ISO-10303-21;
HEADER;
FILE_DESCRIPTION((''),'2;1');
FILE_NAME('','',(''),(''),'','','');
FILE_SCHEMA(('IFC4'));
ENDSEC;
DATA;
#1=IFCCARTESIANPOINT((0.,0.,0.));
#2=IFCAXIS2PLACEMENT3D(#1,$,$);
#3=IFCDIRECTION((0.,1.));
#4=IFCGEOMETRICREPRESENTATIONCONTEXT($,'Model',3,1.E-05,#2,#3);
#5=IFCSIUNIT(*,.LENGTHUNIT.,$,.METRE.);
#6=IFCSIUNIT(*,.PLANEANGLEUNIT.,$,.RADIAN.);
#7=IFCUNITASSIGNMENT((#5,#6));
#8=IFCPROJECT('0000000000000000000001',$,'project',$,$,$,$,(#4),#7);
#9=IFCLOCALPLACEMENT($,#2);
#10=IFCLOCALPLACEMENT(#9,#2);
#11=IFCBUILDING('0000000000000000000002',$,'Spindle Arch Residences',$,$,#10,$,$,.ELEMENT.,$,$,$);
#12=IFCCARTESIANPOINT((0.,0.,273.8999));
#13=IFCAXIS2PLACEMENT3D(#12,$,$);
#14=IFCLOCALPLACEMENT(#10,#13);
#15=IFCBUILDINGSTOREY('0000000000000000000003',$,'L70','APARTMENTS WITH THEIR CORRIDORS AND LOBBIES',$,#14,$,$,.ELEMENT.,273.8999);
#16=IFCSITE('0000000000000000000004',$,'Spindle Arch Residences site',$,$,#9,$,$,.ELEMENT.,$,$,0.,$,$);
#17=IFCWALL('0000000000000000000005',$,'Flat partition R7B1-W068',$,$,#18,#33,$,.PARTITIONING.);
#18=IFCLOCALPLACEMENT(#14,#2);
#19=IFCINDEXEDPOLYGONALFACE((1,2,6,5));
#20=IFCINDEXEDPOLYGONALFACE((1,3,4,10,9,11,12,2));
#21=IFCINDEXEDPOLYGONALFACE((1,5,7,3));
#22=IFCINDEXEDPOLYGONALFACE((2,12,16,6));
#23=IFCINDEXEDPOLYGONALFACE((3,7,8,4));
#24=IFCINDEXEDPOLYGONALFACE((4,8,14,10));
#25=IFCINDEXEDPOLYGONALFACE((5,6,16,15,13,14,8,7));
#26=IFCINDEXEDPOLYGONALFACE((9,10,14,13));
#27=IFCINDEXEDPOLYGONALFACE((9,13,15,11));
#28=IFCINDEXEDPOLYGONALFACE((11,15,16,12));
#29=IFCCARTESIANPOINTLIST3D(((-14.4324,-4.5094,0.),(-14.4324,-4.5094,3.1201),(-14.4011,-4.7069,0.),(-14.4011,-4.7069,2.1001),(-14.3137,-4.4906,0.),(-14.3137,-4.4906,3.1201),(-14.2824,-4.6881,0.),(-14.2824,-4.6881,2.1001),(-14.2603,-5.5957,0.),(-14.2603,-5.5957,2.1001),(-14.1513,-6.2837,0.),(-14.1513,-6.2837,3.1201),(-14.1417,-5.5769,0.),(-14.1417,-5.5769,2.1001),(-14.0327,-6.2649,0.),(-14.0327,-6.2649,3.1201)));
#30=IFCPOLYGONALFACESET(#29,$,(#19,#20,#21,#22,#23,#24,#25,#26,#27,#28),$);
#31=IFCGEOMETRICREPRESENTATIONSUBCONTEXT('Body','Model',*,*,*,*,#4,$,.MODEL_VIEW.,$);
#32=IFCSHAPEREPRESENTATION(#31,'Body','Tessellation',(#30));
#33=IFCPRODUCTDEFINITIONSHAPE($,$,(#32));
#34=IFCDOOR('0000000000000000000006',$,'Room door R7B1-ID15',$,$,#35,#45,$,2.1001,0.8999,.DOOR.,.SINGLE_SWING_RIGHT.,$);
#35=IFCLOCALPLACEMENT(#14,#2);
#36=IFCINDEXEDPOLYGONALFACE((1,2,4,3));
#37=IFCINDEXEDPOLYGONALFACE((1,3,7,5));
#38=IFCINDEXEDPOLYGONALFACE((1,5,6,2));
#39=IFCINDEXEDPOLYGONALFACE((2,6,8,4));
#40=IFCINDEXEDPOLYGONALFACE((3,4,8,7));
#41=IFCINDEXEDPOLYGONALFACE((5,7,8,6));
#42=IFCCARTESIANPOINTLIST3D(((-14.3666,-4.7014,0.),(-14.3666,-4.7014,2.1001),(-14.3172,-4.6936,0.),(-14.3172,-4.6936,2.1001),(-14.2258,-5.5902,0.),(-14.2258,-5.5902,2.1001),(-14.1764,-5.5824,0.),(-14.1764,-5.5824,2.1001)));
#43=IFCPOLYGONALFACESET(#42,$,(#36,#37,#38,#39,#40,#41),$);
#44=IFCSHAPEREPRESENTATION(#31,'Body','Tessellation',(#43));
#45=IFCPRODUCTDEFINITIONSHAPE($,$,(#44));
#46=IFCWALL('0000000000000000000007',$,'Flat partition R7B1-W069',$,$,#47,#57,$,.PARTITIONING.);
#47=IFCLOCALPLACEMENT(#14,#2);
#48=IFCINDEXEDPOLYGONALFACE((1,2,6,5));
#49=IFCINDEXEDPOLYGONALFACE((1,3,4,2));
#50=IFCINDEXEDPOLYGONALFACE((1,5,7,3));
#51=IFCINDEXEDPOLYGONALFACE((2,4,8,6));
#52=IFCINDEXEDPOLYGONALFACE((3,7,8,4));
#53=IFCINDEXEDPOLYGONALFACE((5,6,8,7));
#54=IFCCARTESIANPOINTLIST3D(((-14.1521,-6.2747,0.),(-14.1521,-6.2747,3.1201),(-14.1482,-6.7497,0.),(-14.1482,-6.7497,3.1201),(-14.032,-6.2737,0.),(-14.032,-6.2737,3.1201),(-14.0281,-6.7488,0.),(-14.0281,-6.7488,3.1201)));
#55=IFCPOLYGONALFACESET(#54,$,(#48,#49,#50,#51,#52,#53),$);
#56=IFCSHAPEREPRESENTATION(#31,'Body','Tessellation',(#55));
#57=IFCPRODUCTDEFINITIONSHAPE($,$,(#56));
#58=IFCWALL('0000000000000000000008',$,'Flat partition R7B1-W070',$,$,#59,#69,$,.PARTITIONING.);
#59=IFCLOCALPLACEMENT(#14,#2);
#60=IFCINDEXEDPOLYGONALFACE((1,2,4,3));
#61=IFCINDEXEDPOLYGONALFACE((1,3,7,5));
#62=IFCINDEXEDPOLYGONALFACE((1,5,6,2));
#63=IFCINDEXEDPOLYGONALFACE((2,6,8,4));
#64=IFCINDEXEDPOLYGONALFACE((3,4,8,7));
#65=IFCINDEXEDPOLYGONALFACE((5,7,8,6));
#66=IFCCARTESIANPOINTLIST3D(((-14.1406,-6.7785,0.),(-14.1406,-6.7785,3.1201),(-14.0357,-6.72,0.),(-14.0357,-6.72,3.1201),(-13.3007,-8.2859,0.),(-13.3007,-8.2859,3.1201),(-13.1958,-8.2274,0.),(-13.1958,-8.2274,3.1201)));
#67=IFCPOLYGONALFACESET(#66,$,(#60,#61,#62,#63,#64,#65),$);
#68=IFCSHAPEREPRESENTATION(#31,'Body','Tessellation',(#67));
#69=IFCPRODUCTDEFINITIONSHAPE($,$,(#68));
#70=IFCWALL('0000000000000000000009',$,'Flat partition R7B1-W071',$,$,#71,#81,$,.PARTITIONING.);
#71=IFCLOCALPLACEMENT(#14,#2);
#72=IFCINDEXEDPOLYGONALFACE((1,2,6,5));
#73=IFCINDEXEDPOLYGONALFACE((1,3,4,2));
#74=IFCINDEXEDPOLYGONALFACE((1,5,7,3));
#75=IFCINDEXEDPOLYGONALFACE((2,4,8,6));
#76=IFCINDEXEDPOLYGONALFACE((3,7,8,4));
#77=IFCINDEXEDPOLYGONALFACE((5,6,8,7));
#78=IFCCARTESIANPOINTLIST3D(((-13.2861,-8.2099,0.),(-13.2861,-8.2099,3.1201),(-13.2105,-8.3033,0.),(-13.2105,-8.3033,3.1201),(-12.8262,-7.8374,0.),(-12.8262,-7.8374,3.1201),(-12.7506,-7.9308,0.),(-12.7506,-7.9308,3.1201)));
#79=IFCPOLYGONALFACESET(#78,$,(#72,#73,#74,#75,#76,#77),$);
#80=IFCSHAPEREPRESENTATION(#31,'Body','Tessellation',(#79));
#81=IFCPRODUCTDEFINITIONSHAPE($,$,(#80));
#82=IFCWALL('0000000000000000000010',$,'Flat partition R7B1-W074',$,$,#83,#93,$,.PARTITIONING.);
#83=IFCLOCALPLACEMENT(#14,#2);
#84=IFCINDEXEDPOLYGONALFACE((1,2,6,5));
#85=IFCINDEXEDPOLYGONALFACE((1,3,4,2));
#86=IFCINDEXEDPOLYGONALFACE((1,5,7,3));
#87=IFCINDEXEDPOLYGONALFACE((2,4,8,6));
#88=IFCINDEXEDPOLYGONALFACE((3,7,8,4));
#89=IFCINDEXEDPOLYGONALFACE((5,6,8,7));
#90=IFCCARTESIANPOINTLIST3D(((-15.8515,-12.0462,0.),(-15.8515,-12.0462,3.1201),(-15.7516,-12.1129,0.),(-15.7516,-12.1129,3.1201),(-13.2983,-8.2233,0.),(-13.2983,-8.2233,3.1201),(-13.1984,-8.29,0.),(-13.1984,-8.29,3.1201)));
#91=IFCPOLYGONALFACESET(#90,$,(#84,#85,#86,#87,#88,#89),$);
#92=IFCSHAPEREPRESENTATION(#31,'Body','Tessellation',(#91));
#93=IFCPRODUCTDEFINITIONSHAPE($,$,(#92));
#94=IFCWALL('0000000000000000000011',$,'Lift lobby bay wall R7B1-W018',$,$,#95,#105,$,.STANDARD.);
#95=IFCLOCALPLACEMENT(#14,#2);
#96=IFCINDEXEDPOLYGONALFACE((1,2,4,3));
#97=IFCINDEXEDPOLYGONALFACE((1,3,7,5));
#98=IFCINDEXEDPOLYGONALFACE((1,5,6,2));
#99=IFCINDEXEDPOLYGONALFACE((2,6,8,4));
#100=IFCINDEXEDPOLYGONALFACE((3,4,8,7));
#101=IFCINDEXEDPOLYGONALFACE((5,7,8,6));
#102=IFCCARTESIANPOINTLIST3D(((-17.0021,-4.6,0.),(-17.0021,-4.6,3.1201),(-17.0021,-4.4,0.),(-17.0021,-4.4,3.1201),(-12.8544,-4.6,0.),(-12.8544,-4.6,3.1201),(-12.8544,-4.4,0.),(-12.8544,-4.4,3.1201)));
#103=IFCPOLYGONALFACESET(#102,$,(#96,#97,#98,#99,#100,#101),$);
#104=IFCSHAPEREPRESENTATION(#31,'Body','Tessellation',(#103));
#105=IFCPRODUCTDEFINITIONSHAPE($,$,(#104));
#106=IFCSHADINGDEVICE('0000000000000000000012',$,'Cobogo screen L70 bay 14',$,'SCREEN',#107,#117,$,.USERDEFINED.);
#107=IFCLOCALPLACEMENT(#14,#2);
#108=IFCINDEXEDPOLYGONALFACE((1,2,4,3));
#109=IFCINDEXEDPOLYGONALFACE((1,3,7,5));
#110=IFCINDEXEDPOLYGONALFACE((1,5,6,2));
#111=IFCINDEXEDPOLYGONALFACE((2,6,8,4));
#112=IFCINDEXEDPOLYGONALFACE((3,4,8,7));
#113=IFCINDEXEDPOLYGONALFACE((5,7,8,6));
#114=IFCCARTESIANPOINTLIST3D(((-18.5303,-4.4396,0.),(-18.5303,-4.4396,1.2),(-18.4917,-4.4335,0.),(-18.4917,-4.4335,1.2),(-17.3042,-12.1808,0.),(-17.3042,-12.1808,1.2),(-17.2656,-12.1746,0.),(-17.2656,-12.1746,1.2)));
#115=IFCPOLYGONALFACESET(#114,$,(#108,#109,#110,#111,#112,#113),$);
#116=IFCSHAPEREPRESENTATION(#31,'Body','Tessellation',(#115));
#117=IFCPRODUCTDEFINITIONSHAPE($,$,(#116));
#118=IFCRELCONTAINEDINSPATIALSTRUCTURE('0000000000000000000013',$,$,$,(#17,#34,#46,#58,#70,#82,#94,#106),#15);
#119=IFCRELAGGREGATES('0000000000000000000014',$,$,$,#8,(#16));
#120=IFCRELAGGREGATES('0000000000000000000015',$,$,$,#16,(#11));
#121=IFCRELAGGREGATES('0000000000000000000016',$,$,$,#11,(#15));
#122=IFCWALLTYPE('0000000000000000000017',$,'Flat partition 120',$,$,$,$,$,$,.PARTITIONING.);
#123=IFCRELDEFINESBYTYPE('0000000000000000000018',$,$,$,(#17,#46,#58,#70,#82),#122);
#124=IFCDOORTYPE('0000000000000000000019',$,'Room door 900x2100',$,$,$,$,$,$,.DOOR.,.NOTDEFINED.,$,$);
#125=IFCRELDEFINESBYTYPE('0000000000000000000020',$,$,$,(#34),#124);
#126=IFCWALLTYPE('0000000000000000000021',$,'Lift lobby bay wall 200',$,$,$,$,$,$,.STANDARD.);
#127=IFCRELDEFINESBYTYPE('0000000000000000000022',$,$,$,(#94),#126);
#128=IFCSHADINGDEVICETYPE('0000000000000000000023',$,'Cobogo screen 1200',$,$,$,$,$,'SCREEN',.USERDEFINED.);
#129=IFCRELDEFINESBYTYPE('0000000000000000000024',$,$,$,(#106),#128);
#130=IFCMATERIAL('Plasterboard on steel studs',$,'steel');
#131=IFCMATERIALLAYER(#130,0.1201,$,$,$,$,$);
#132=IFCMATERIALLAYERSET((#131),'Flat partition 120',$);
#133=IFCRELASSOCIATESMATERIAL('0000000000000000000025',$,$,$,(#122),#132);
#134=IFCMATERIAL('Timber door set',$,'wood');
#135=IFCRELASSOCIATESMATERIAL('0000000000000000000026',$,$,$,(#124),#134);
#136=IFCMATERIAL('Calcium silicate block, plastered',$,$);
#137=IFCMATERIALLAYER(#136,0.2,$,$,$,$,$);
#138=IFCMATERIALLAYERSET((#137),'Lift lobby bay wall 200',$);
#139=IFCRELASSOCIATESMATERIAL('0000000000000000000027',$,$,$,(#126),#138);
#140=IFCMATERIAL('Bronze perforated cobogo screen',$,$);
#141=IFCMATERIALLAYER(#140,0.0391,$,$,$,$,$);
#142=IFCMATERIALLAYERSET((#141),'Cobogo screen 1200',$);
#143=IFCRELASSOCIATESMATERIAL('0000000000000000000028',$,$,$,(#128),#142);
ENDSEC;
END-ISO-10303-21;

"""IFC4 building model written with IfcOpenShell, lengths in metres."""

from ifc_helpers import new_model, si_unit, direction, frame, frame_2d, origin, origin_2d, place, context, subcontext, project, spatial, rectangle, extrude, material, layer, layer_set, type_object, element, fill, save


model = new_model("IFC4")

# Units and contexts
model_context = context("Model", 3, precision=1e-05, world=origin(), true_north=direction((0.0, 1.0)))
body_context = subcontext(model_context, "Body", "Model", "MODEL_VIEW")
ifc_project = project(units=[si_unit("LENGTHUNIT", "METRE"), si_unit("PLANEANGLEUNIT", "RADIAN")], contexts=[model_context])

# Site, building, storey
site_placement = place(None, origin())
site = spatial("IfcSite", under=ifc_project, at=site_placement, Name="Spindle Arch Residences site", CompositionType="ELEMENT", RefElevation=0.0)
building_placement = place(site_placement, origin())
building = spatial("IfcBuilding", under=site, at=building_placement, Name="Spindle Arch Residences", CompositionType="ELEMENT")
storey_placement = place(building_placement, frame((0.0, 0.0, 273.8999)))
storey = spatial("IfcBuildingStorey", under=building, at=storey_placement, Name="L70", Description="APARTMENTS WITH THEIR CORRIDORS AND LOBBIES", CompositionType="ELEMENT", Elevation=273.8999)

# Wall, opening, door
ifc_material_1 = material(Name="Plasterboard on steel studs", Category="steel")
ifc_layer_1 = layer(ifc_material_1, 0.1201)
ifc_layer_set_1 = layer_set([ifc_layer_1], Name="Flat partition 120")
wall_type_1 = type_object("IfcWallType", Name="Flat partition 120", PredefinedType="PARTITIONING", material=ifc_layer_set_1)
wall_1_placement = place(storey_placement, frame((-14.373, -4.5, 0.0), z_axis=(0.0, 0.0, 1.0), x_axis=(0.156437, -0.987688, 0.0)))
wall_1 = element("IfcWall", 1, at=wall_1_placement, inside=storey, type_object=wall_type_1, Name="Flat partition R7B1-W068", PredefinedType="PARTITIONING", context=body_context, shape_type="SweptSolid", body=[
    extrude(rectangle(XDim=1.7964, YDim=0.1201, at=frame_2d((0.8982, 0.0))), origin(), (0.0, 0.0, 1.0), 3.1201),
])
opening_1_placement = place(wall_1_placement, frame((0.2, 0.0, 0.0)))
opening_1 = element("IfcOpeningElement", 2, at=opening_1_placement, cuts=wall_1, PredefinedType="OPENING", context=body_context, shape_type="SweptSolid", body=[
    extrude(rectangle(XDim=0.8999, YDim=2.1001, at=frame_2d((0.45, 1.05))), frame((0.0, 0.0701, 0.0), z_axis=(0.0, -1.0, 0.0), x_axis=(1.0, 0.0, 0.0)), (0.0, 0.0, 1.0), 0.1401),
])
ifc_material_2 = material(Name="Timber door set", Category="wood")
door_type_1 = type_object("IfcDoorType", Name="Room door 900x2100", OperationType="NOTDEFINED", PredefinedType="DOOR", material=ifc_material_2)
door_1_placement = place(opening_1_placement, origin())
door_1 = element("IfcDoor", 3, at=door_1_placement, inside=storey, type_object=door_type_1, Name="Room door R7B1-ID15", OperationType="SINGLE_SWING_RIGHT", OverallHeight=2.1001, OverallWidth=0.8999, PredefinedType="DOOR", context=body_context, shape_type="SweptSolid", body=[
    extrude(rectangle(XDim=0.8999, YDim=2.1001, at=frame_2d((0.45, 1.05))), frame((0.0, 0.0249, 0.0), z_axis=(0.0, -1.0, 0.0), x_axis=(1.0, 0.0, 0.0)), (0.0, 0.0, 1.0), 0.05),
])
fill(opening_1, door_1)

# Walls
wall_2_placement = place(storey_placement, frame((-14.092, -6.2742, 0.0), z_axis=(0.0, 0.0, 1.0), x_axis=(0.008222, -0.999966, 0.0)))
element("IfcWall", 4, at=wall_2_placement, inside=storey, type_object=wall_type_1, Name="Flat partition R7B1-W069", PredefinedType="PARTITIONING", context=body_context, shape_type="SweptSolid", body=[
    extrude(rectangle(XDim=0.4751, YDim=0.1201, at=frame_2d((0.2375, 0.0))), origin(), (0.0, 0.0, 1.0), 3.1201),
])
wall_3_placement = place(storey_placement, frame((-14.0881, -6.7493, 0.0), z_axis=(0.0, 0.0, 1.0), x_axis=(0.486724, -0.873556, 0.0)))
element("IfcWall", 5, at=wall_3_placement, inside=storey, type_object=wall_type_1, Name="Flat partition R7B1-W070", PredefinedType="PARTITIONING", context=body_context, shape_type="SweptSolid", body=[
    extrude(rectangle(XDim=1.7256, YDim=0.1201, at=frame_2d((0.8628, 0.0))), origin(), (0.0, 0.0, 1.0), 3.1201),
])
wall_4_placement = place(storey_placement, frame((-13.2483, -8.2566, 0.0), z_axis=(0.0, 0.0, 1.0), x_axis=(0.777072, 0.629412, 0.0)))
element("IfcWall", 6, at=wall_4_placement, inside=storey, type_object=wall_type_1, Name="Flat partition R7B1-W071", PredefinedType="PARTITIONING", context=body_context, shape_type="SweptSolid", body=[
    extrude(rectangle(XDim=0.5918, YDim=0.1201, at=frame_2d((0.2959, 0.0))), origin(), (0.0, 0.0, 1.0), 3.1201),
])
wall_5_placement = place(storey_placement, frame((-15.8015, -12.0796, 0.0), z_axis=(0.0, 0.0, 1.0), x_axis=(0.555386, 0.831592, 0.0)))
element("IfcWall", 7, at=wall_5_placement, inside=storey, type_object=wall_type_1, Name="Flat partition R7B1-W074", PredefinedType="PARTITIONING", context=body_context, shape_type="SweptSolid", body=[
    extrude(rectangle(XDim=4.5972, YDim=0.1201, at=frame_2d((2.2986, 0.0))), origin(), (0.0, 0.0, 1.0), 3.1201),
])

# Wall
ifc_material_3 = material(Name="Calcium silicate block, plastered")
ifc_layer_2 = layer(ifc_material_3, 0.2)
ifc_layer_set_2 = layer_set([ifc_layer_2], Name="Lift lobby bay wall 200")
wall_type_2 = type_object("IfcWallType", Name="Lift lobby bay wall 200", PredefinedType="STANDARD", material=ifc_layer_set_2)
wall_6_placement = place(storey_placement, frame((-17.002, -4.5, 0.0), z_axis=(0.0, 0.0, 1.0), x_axis=(1.0, 0.0, 0.0)))
element("IfcWall", 8, at=wall_6_placement, inside=storey, type_object=wall_type_2, Name="Lift lobby bay wall R7B1-W018", PredefinedType="STANDARD", context=body_context, shape_type="SweptSolid", body=[
    extrude(rectangle(XDim=4.1477, YDim=0.2, at=frame_2d((2.0737, 0.0))), origin(), (0.0, 0.0, 1.0), 3.1201),
])

# Shading device
ifc_material_4 = material(Name="Bronze perforated cobogo screen")
ifc_layer_3 = layer(ifc_material_4, 0.0391)
ifc_layer_set_3 = layer_set([ifc_layer_3], Name="Cobogo screen 1200")
shading_device_type = type_object("IfcShadingDeviceType", Name="Cobogo screen 1200", ElementType="SCREEN", PredefinedType="USERDEFINED", material=ifc_layer_set_3)
shading_device_placement = place(storey_placement, frame((-17.8979, -8.3071, 0.0), z_axis=(0.0, 0.0, 1.0), x_axis=(0.156434, -0.987688, 0.0)))
element("IfcShadingDevice", 9, at=shading_device_placement, inside=storey, type_object=shading_device_type, Name="Cobogo screen L70 bay 14", ObjectType="SCREEN", PredefinedType="USERDEFINED", context=body_context, shape_type="SweptSolid", body=[
    extrude(rectangle(XDim=7.8376, YDim=0.0391, at=origin_2d()), origin(), (0.0, 0.0, 1.0), 1.2),
])

save(model, "model.ifc")
